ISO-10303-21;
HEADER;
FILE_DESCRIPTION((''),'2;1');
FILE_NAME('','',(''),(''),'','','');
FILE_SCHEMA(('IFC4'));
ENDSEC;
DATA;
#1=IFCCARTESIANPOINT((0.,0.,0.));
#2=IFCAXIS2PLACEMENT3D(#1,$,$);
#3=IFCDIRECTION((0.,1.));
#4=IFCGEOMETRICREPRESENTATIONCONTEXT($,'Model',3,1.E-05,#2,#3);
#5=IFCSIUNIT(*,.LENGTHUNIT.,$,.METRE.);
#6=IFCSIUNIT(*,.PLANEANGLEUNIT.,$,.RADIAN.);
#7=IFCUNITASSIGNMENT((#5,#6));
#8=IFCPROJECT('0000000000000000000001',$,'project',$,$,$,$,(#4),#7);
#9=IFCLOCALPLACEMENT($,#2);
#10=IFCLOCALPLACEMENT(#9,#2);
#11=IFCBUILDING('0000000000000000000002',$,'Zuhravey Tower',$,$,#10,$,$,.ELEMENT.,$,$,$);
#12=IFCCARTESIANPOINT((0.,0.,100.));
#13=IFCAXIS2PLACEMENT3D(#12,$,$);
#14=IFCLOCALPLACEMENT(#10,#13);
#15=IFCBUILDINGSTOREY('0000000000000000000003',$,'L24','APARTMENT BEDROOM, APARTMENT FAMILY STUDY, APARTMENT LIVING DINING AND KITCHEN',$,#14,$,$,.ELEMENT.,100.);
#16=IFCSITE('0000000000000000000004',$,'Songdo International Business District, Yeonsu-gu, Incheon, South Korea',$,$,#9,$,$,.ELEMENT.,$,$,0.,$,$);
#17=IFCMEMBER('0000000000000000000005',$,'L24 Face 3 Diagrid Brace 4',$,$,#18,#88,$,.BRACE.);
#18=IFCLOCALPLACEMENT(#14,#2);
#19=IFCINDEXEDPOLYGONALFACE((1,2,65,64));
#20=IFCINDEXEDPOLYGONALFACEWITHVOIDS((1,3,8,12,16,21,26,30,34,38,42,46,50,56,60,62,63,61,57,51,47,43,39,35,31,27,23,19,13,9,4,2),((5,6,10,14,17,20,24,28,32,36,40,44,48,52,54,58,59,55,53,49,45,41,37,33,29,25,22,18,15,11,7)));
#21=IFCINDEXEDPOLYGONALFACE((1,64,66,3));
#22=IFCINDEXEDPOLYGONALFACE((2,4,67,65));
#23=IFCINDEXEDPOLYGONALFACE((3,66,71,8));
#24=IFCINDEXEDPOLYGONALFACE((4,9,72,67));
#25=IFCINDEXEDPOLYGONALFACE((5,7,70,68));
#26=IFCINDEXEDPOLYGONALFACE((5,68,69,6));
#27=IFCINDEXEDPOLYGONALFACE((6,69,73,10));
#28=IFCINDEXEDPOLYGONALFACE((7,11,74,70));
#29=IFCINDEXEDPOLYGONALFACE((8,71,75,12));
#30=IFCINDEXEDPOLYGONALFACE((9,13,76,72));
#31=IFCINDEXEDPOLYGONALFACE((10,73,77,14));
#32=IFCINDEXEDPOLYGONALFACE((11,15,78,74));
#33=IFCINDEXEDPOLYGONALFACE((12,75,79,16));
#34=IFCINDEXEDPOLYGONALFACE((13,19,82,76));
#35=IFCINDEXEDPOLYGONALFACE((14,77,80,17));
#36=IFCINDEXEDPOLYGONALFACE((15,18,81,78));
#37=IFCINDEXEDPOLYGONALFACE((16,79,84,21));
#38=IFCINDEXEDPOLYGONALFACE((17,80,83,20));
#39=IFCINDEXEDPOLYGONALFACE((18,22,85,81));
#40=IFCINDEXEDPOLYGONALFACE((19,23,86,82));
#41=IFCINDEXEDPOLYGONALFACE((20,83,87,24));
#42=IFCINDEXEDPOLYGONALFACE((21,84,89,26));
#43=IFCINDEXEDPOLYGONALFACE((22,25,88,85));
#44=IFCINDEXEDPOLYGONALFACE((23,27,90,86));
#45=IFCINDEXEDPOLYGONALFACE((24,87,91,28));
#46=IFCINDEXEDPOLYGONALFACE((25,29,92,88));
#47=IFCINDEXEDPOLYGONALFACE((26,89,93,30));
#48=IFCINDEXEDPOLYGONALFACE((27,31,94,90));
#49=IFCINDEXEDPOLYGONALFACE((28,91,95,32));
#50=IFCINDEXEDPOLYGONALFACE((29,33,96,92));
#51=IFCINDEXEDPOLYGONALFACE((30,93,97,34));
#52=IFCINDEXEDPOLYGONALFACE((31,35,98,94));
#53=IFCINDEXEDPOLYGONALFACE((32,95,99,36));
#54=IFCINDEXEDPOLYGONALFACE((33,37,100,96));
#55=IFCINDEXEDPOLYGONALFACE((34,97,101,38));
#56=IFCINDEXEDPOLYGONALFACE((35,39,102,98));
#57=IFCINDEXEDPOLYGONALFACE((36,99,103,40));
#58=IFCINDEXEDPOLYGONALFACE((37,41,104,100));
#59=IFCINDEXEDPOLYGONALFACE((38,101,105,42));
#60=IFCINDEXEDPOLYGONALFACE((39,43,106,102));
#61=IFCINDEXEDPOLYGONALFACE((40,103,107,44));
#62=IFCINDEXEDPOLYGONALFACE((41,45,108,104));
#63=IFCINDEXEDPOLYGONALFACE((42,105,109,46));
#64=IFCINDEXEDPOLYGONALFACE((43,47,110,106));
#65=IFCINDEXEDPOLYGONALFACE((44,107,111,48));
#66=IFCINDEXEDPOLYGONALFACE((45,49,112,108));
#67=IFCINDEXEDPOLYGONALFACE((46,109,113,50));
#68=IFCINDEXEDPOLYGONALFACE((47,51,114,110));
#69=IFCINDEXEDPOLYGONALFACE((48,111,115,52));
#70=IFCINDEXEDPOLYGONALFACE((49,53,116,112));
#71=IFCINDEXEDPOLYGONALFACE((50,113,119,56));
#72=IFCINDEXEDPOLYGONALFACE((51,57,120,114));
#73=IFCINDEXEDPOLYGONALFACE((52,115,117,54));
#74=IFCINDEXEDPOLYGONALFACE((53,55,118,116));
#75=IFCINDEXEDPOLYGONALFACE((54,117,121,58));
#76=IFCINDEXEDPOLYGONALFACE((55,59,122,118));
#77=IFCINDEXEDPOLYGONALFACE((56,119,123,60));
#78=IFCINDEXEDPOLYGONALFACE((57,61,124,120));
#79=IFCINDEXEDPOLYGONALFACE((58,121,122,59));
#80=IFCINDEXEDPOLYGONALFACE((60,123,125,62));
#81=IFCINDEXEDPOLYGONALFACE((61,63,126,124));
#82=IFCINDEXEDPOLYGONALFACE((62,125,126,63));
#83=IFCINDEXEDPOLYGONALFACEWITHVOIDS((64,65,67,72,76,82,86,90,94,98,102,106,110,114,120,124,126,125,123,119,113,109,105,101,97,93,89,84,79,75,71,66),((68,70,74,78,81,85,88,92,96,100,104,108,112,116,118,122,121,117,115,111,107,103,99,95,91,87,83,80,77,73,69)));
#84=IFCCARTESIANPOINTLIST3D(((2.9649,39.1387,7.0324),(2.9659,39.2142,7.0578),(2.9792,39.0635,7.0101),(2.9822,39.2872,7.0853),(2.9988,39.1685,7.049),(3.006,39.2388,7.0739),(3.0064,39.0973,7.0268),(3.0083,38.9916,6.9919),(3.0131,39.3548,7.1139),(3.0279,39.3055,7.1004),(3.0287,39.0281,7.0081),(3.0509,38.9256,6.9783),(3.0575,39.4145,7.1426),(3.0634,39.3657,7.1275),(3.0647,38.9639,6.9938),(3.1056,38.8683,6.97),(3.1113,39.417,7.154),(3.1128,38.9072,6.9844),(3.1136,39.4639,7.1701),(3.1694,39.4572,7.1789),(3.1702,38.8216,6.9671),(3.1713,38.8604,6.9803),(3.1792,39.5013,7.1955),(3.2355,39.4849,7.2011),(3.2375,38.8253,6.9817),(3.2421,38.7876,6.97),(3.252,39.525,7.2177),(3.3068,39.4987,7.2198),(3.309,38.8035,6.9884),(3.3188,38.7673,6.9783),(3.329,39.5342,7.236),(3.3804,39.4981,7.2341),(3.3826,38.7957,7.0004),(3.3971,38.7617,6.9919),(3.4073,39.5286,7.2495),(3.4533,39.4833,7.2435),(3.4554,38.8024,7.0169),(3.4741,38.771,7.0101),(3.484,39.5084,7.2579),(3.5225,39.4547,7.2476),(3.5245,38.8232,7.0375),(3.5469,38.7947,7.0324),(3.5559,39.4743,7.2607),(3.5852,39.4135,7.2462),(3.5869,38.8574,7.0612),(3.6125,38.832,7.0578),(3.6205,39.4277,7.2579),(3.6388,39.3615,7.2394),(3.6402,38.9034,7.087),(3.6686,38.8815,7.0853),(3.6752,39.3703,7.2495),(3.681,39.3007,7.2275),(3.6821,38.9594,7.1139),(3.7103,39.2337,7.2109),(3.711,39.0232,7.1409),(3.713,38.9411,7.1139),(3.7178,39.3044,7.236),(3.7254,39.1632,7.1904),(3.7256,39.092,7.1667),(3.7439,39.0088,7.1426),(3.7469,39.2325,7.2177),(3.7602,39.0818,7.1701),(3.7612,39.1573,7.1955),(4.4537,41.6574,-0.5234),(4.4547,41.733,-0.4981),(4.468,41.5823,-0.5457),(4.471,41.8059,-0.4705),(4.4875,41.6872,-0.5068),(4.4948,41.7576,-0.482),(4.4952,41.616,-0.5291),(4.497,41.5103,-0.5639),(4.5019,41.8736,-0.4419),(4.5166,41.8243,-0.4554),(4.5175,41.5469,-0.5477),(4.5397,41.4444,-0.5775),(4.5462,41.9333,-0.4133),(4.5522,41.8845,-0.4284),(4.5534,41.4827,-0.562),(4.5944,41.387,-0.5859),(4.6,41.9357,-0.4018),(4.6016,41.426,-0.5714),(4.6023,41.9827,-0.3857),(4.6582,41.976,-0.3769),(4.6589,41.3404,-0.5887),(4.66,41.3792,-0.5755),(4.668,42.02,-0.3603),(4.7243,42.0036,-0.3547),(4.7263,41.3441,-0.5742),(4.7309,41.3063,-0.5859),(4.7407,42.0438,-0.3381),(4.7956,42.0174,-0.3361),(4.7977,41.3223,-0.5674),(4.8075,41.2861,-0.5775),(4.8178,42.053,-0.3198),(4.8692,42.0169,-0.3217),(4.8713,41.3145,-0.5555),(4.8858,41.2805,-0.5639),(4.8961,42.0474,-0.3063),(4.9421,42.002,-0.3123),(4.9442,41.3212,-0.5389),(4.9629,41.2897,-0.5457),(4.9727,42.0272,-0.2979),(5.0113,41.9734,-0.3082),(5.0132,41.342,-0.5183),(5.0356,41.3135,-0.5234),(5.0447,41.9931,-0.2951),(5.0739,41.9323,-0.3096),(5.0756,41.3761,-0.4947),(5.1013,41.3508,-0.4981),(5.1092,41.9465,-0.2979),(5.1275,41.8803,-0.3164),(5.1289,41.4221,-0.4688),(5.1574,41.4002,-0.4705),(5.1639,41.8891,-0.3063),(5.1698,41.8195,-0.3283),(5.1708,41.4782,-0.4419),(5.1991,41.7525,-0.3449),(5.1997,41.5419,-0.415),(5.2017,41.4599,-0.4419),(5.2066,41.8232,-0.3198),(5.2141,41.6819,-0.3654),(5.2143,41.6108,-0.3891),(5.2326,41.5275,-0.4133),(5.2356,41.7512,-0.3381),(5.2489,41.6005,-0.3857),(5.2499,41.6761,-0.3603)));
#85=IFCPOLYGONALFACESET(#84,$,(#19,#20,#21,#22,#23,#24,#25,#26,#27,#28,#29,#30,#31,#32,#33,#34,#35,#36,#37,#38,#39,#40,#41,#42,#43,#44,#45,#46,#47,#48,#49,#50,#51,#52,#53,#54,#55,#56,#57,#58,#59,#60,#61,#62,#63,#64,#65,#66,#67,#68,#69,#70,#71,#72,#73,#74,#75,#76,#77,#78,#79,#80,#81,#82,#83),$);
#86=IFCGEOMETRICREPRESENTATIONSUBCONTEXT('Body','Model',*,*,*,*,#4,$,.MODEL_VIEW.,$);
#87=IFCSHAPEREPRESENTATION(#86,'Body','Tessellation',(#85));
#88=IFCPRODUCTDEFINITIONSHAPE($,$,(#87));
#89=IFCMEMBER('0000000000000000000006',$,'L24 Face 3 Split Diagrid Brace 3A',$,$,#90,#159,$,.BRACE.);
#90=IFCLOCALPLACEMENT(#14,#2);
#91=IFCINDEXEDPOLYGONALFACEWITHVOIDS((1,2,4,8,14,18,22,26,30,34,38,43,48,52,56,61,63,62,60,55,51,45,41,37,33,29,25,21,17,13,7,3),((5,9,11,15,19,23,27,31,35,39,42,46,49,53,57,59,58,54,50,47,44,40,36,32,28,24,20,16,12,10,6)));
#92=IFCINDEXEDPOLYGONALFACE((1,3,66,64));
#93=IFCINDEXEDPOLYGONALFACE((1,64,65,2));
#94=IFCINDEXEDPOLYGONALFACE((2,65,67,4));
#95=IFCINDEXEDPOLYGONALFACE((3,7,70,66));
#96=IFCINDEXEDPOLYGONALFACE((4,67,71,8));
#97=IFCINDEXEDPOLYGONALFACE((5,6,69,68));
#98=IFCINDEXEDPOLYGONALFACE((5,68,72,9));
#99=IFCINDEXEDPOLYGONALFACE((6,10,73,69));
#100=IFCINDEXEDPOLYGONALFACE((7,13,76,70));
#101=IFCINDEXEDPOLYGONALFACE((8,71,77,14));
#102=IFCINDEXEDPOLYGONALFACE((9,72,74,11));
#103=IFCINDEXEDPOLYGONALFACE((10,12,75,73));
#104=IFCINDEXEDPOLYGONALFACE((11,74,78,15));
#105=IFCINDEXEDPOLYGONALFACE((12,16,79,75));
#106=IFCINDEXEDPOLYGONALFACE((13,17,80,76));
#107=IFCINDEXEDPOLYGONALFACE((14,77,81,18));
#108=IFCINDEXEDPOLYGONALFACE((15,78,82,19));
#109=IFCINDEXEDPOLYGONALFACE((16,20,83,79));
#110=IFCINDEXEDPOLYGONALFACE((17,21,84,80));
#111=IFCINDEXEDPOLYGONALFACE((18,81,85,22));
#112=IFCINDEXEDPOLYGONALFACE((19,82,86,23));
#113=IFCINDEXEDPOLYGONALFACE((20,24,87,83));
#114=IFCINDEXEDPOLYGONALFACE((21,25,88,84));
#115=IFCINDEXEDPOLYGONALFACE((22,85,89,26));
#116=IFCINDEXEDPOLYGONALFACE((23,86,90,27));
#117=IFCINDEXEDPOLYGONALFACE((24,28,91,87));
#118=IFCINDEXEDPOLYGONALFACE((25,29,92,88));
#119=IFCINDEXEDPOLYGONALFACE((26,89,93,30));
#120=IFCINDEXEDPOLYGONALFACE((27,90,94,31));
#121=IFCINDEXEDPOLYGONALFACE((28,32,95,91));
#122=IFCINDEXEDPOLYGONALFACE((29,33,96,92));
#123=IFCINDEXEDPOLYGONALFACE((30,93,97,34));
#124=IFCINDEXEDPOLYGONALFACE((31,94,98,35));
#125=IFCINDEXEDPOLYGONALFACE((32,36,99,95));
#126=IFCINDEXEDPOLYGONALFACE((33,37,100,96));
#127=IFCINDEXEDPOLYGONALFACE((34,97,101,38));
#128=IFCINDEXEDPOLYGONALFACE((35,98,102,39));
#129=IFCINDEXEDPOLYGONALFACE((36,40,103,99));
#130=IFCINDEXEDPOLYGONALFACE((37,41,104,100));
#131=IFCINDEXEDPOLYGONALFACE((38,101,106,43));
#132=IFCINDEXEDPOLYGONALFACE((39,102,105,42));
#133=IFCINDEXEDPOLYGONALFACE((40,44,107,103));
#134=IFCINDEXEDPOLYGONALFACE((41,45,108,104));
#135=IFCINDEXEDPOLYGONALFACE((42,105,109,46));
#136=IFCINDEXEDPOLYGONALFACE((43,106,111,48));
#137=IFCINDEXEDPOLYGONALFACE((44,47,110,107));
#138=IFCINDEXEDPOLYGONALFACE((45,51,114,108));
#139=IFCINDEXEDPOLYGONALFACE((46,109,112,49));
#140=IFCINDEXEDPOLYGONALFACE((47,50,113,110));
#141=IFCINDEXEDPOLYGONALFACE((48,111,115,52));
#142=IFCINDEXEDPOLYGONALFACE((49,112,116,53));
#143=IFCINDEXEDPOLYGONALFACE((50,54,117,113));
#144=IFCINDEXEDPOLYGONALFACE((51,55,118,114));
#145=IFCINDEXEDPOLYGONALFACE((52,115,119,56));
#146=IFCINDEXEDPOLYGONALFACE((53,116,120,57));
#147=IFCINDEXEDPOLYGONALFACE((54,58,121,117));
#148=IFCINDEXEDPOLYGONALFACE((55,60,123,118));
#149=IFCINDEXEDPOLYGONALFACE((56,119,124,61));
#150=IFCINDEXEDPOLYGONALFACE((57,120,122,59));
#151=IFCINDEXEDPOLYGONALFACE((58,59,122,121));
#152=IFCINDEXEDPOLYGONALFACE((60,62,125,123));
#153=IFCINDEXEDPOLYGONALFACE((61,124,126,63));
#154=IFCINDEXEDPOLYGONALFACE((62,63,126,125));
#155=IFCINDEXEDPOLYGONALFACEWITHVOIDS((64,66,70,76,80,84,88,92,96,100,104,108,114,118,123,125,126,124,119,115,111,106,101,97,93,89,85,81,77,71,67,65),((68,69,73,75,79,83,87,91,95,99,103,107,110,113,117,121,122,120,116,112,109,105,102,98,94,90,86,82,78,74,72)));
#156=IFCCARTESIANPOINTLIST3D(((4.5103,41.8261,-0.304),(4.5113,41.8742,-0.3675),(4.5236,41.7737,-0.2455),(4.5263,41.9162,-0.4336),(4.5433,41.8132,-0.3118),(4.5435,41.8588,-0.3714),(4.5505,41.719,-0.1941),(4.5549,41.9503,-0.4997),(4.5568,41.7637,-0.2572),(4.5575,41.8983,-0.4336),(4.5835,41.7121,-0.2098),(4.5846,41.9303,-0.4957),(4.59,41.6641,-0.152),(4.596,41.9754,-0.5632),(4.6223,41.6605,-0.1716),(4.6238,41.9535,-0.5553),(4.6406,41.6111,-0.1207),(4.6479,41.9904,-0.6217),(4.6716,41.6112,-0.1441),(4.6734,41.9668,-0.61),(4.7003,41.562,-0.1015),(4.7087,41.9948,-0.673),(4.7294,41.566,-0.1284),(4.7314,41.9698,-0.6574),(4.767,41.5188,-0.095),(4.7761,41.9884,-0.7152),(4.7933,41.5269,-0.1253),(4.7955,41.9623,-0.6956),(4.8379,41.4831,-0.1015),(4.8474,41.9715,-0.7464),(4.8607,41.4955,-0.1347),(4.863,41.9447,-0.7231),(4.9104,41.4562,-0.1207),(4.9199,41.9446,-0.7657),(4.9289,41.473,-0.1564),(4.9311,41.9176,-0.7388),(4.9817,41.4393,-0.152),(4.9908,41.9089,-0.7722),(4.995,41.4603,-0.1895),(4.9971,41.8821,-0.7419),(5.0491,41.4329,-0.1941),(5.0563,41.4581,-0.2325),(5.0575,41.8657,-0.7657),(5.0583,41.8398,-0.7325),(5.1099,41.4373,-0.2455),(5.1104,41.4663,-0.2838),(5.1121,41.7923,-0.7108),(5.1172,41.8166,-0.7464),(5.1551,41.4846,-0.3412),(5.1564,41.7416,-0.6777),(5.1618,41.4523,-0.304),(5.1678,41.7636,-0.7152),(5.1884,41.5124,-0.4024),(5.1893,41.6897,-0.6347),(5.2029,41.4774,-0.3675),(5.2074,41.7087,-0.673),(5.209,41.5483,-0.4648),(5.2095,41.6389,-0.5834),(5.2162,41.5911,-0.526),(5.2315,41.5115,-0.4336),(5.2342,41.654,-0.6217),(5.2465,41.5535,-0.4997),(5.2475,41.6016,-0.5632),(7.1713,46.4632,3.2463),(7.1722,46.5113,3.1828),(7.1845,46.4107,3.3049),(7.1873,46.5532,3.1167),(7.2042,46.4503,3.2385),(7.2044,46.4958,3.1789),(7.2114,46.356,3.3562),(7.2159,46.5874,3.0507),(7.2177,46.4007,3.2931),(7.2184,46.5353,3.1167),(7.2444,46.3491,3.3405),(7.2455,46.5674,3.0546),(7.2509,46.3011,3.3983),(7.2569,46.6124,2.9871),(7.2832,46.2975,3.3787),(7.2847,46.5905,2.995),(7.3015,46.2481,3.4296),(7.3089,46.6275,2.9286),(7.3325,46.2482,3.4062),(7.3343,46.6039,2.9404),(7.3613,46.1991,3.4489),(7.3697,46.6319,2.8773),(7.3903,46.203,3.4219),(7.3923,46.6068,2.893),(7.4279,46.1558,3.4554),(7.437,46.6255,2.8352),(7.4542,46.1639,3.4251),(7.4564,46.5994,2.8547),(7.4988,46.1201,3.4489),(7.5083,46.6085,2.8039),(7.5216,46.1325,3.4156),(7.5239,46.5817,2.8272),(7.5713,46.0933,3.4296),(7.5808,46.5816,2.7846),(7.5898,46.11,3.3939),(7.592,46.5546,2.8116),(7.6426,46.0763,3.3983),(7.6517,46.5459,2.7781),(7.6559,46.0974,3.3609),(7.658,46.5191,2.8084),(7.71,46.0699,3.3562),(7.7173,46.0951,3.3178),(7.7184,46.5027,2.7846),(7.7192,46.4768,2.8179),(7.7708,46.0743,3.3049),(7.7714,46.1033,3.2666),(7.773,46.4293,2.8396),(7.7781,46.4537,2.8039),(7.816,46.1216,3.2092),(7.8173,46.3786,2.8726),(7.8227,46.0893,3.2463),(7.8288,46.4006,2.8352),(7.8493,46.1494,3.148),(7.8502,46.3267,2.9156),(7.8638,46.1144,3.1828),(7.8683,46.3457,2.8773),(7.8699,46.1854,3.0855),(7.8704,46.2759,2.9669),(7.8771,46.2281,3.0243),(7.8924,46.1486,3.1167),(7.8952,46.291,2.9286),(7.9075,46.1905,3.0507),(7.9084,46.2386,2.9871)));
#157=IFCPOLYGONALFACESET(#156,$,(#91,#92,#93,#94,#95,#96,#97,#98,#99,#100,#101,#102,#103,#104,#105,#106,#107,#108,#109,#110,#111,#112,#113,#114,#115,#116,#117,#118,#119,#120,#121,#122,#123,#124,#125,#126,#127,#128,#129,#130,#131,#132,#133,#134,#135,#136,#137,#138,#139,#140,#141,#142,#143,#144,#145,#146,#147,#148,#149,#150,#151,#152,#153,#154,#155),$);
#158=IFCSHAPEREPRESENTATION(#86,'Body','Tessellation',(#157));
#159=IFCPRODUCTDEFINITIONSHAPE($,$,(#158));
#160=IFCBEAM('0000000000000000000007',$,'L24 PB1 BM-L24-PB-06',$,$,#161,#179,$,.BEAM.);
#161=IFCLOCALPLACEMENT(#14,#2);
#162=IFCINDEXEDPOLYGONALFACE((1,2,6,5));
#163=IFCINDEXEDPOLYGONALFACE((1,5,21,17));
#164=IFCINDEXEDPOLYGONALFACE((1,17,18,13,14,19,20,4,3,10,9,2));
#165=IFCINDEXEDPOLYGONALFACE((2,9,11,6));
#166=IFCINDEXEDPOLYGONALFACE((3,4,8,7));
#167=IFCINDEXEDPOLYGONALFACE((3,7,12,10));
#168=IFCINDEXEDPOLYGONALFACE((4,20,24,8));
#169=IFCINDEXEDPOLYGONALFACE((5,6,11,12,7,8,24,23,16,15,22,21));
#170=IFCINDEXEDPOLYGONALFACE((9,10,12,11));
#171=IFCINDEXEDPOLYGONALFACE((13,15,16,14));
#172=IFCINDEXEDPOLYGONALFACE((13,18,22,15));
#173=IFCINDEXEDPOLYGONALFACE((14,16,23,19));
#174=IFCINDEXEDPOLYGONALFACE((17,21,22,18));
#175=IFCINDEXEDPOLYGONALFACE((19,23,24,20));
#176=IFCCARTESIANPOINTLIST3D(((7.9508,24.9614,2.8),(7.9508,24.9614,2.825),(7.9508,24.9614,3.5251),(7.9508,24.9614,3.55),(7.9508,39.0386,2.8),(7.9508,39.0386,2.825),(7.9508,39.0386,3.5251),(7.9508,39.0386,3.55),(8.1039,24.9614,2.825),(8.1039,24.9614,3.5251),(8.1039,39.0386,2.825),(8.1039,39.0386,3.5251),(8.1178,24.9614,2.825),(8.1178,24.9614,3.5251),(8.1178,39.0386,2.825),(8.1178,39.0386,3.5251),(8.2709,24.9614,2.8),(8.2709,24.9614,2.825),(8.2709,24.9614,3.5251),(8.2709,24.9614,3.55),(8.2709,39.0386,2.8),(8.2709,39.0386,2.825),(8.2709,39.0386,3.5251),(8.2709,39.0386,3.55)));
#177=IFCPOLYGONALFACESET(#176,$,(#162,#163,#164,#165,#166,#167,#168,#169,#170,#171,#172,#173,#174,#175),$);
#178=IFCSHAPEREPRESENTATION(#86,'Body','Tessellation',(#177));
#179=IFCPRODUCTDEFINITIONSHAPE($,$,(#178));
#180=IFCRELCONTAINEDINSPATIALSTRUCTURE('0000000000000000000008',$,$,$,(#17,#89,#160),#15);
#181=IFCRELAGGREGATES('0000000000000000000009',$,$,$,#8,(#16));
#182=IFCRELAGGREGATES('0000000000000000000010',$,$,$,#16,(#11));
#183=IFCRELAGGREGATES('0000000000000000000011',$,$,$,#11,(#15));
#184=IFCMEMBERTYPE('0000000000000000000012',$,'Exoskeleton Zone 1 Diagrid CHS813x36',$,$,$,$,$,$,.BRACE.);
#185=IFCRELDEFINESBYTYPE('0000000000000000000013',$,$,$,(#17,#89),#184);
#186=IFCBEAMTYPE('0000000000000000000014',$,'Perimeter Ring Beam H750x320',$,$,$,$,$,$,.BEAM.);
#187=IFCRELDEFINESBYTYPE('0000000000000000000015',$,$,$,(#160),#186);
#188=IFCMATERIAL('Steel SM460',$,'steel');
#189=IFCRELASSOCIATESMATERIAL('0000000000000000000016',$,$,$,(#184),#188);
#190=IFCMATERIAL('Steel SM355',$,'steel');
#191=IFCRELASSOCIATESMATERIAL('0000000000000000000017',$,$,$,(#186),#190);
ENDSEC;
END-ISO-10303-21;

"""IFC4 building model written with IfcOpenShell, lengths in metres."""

from ifc_helpers import new_model, si_unit, direction, frame, origin, origin_2d, place, context, subcontext, project, spatial, hollow_circle, i_section, extrude, material, material_profile, profile_set, type_object, element, save


model = new_model("IFC4")

# Units and contexts
model_context = context("Model", 3, precision=1e-05, world=origin(), true_north=direction((0.0, 1.0)))
body_context = subcontext(model_context, "Body", "Model", "MODEL_VIEW")
ifc_project = project(units=[si_unit("LENGTHUNIT", "METRE"), si_unit("PLANEANGLEUNIT", "RADIAN")], contexts=[model_context])

# Site, building, storey
site_placement = place(None, origin())
site = spatial("IfcSite", under=ifc_project, at=site_placement, Name="Songdo International Business District, Yeonsu-gu, Incheon, South Korea", CompositionType="ELEMENT", RefElevation=0.0)
building_placement = place(site_placement, origin())
building = spatial("IfcBuilding", under=site, at=building_placement, Name="Zuhravey Tower", CompositionType="ELEMENT")
storey_placement = place(building_placement, frame((0.0, 0.0, 100.0)))
storey = spatial("IfcBuildingStorey", under=building, at=storey_placement, Name="L24", Description="APARTMENT BEDROOM, APARTMENT FAMILY STUDY, APARTMENT LIVING DINING AND KITCHEN", CompositionType="ELEMENT", Elevation=100.0)

# Members
ifc_material_1 = material(Name="Steel SM460", Category="steel")
ifc_material_profile_1 = material_profile(ifc_material_1, hollow_circle(Radius=0.4065, WallThickness=0.0359, at=origin_2d()), Name="CHS-812.8x36")
ifc_profile_set_1 = profile_set([ifc_material_profile_1], Name="Steel SM460")
member_type_1 = type_object("IfcMemberType", Name="Exoskeleton Zone 1 Diagrid CHS813x36", PredefinedType="BRACE", material=ifc_profile_set_1)
member_1_placement = place(storey_placement, frame((4.8518, 41.6667, -0.4419), z_axis=(-0.183739, -0.310862, 0.932526), x_axis=(0.860868, -0.508828, 0.0)))
element("IfcMember", 1, at=member_1_placement, inside=storey, type_object=member_type_1, Name="L24 Face 3 Diagrid Brace 4", PredefinedType="BRACE", context=body_context, shape_type="SweptSolid", body=[
    extrude(hollow_circle(Radius=0.4065, WallThickness=0.0359, at=origin_2d()), origin(), (0.0, 0.0, 1.0), 8.1025),
])
member_2_placement = place(storey_placement, frame((4.8789, 41.7139, -0.4336), z_axis=(0.41462, 0.722532, 0.553207), x_axis=(-0.86734, 0.497717, 0.0)))
element("IfcMember", 2, at=member_2_placement, inside=storey, type_object=member_type_1, Name="L24 Face 3 Split Diagrid Brace 3A", PredefinedType="BRACE", context=body_context, shape_type="SweptSolid", body=[
    extrude(hollow_circle(Radius=0.4065, WallThickness=0.0359, at=origin_2d()), origin(), (0.0, 0.0, 1.0), 6.4177),
])

# Beam
ifc_material_2 = material(Name="Steel SM355", Category="steel")
ifc_material_profile_2 = material_profile(ifc_material_2, i_section(OverallWidth=0.3201, OverallDepth=0.75, WebThickness=0.0139, FlangeThickness=0.0249, at=origin_2d()), Name="H-750x320x14x25")
ifc_profile_set_2 = profile_set([ifc_material_profile_2], Name="Steel SM355")
beam_type_1 = type_object("IfcBeamType", Name="Perimeter Ring Beam H750x320", PredefinedType="BEAM", material=ifc_profile_set_2)
beam_1_placement = place(storey_placement, frame((8.1108, 39.0386, 3.175), z_axis=(0.0, -1.0, 0.0), x_axis=(1.0, 0.0, 0.0)))
element("IfcBeam", 3, at=beam_1_placement, inside=storey, type_object=beam_type_1, Name="L24 PB1 BM-L24-PB-06", PredefinedType="BEAM", context=body_context, shape_type="SweptSolid", body=[
    extrude(i_section(OverallWidth=0.3201, OverallDepth=0.75, WebThickness=0.0139, FlangeThickness=0.0249, at=origin_2d()), origin(), (0.0, 0.0, 1.0), 14.0771),
])

save(model, "model.ifc")
